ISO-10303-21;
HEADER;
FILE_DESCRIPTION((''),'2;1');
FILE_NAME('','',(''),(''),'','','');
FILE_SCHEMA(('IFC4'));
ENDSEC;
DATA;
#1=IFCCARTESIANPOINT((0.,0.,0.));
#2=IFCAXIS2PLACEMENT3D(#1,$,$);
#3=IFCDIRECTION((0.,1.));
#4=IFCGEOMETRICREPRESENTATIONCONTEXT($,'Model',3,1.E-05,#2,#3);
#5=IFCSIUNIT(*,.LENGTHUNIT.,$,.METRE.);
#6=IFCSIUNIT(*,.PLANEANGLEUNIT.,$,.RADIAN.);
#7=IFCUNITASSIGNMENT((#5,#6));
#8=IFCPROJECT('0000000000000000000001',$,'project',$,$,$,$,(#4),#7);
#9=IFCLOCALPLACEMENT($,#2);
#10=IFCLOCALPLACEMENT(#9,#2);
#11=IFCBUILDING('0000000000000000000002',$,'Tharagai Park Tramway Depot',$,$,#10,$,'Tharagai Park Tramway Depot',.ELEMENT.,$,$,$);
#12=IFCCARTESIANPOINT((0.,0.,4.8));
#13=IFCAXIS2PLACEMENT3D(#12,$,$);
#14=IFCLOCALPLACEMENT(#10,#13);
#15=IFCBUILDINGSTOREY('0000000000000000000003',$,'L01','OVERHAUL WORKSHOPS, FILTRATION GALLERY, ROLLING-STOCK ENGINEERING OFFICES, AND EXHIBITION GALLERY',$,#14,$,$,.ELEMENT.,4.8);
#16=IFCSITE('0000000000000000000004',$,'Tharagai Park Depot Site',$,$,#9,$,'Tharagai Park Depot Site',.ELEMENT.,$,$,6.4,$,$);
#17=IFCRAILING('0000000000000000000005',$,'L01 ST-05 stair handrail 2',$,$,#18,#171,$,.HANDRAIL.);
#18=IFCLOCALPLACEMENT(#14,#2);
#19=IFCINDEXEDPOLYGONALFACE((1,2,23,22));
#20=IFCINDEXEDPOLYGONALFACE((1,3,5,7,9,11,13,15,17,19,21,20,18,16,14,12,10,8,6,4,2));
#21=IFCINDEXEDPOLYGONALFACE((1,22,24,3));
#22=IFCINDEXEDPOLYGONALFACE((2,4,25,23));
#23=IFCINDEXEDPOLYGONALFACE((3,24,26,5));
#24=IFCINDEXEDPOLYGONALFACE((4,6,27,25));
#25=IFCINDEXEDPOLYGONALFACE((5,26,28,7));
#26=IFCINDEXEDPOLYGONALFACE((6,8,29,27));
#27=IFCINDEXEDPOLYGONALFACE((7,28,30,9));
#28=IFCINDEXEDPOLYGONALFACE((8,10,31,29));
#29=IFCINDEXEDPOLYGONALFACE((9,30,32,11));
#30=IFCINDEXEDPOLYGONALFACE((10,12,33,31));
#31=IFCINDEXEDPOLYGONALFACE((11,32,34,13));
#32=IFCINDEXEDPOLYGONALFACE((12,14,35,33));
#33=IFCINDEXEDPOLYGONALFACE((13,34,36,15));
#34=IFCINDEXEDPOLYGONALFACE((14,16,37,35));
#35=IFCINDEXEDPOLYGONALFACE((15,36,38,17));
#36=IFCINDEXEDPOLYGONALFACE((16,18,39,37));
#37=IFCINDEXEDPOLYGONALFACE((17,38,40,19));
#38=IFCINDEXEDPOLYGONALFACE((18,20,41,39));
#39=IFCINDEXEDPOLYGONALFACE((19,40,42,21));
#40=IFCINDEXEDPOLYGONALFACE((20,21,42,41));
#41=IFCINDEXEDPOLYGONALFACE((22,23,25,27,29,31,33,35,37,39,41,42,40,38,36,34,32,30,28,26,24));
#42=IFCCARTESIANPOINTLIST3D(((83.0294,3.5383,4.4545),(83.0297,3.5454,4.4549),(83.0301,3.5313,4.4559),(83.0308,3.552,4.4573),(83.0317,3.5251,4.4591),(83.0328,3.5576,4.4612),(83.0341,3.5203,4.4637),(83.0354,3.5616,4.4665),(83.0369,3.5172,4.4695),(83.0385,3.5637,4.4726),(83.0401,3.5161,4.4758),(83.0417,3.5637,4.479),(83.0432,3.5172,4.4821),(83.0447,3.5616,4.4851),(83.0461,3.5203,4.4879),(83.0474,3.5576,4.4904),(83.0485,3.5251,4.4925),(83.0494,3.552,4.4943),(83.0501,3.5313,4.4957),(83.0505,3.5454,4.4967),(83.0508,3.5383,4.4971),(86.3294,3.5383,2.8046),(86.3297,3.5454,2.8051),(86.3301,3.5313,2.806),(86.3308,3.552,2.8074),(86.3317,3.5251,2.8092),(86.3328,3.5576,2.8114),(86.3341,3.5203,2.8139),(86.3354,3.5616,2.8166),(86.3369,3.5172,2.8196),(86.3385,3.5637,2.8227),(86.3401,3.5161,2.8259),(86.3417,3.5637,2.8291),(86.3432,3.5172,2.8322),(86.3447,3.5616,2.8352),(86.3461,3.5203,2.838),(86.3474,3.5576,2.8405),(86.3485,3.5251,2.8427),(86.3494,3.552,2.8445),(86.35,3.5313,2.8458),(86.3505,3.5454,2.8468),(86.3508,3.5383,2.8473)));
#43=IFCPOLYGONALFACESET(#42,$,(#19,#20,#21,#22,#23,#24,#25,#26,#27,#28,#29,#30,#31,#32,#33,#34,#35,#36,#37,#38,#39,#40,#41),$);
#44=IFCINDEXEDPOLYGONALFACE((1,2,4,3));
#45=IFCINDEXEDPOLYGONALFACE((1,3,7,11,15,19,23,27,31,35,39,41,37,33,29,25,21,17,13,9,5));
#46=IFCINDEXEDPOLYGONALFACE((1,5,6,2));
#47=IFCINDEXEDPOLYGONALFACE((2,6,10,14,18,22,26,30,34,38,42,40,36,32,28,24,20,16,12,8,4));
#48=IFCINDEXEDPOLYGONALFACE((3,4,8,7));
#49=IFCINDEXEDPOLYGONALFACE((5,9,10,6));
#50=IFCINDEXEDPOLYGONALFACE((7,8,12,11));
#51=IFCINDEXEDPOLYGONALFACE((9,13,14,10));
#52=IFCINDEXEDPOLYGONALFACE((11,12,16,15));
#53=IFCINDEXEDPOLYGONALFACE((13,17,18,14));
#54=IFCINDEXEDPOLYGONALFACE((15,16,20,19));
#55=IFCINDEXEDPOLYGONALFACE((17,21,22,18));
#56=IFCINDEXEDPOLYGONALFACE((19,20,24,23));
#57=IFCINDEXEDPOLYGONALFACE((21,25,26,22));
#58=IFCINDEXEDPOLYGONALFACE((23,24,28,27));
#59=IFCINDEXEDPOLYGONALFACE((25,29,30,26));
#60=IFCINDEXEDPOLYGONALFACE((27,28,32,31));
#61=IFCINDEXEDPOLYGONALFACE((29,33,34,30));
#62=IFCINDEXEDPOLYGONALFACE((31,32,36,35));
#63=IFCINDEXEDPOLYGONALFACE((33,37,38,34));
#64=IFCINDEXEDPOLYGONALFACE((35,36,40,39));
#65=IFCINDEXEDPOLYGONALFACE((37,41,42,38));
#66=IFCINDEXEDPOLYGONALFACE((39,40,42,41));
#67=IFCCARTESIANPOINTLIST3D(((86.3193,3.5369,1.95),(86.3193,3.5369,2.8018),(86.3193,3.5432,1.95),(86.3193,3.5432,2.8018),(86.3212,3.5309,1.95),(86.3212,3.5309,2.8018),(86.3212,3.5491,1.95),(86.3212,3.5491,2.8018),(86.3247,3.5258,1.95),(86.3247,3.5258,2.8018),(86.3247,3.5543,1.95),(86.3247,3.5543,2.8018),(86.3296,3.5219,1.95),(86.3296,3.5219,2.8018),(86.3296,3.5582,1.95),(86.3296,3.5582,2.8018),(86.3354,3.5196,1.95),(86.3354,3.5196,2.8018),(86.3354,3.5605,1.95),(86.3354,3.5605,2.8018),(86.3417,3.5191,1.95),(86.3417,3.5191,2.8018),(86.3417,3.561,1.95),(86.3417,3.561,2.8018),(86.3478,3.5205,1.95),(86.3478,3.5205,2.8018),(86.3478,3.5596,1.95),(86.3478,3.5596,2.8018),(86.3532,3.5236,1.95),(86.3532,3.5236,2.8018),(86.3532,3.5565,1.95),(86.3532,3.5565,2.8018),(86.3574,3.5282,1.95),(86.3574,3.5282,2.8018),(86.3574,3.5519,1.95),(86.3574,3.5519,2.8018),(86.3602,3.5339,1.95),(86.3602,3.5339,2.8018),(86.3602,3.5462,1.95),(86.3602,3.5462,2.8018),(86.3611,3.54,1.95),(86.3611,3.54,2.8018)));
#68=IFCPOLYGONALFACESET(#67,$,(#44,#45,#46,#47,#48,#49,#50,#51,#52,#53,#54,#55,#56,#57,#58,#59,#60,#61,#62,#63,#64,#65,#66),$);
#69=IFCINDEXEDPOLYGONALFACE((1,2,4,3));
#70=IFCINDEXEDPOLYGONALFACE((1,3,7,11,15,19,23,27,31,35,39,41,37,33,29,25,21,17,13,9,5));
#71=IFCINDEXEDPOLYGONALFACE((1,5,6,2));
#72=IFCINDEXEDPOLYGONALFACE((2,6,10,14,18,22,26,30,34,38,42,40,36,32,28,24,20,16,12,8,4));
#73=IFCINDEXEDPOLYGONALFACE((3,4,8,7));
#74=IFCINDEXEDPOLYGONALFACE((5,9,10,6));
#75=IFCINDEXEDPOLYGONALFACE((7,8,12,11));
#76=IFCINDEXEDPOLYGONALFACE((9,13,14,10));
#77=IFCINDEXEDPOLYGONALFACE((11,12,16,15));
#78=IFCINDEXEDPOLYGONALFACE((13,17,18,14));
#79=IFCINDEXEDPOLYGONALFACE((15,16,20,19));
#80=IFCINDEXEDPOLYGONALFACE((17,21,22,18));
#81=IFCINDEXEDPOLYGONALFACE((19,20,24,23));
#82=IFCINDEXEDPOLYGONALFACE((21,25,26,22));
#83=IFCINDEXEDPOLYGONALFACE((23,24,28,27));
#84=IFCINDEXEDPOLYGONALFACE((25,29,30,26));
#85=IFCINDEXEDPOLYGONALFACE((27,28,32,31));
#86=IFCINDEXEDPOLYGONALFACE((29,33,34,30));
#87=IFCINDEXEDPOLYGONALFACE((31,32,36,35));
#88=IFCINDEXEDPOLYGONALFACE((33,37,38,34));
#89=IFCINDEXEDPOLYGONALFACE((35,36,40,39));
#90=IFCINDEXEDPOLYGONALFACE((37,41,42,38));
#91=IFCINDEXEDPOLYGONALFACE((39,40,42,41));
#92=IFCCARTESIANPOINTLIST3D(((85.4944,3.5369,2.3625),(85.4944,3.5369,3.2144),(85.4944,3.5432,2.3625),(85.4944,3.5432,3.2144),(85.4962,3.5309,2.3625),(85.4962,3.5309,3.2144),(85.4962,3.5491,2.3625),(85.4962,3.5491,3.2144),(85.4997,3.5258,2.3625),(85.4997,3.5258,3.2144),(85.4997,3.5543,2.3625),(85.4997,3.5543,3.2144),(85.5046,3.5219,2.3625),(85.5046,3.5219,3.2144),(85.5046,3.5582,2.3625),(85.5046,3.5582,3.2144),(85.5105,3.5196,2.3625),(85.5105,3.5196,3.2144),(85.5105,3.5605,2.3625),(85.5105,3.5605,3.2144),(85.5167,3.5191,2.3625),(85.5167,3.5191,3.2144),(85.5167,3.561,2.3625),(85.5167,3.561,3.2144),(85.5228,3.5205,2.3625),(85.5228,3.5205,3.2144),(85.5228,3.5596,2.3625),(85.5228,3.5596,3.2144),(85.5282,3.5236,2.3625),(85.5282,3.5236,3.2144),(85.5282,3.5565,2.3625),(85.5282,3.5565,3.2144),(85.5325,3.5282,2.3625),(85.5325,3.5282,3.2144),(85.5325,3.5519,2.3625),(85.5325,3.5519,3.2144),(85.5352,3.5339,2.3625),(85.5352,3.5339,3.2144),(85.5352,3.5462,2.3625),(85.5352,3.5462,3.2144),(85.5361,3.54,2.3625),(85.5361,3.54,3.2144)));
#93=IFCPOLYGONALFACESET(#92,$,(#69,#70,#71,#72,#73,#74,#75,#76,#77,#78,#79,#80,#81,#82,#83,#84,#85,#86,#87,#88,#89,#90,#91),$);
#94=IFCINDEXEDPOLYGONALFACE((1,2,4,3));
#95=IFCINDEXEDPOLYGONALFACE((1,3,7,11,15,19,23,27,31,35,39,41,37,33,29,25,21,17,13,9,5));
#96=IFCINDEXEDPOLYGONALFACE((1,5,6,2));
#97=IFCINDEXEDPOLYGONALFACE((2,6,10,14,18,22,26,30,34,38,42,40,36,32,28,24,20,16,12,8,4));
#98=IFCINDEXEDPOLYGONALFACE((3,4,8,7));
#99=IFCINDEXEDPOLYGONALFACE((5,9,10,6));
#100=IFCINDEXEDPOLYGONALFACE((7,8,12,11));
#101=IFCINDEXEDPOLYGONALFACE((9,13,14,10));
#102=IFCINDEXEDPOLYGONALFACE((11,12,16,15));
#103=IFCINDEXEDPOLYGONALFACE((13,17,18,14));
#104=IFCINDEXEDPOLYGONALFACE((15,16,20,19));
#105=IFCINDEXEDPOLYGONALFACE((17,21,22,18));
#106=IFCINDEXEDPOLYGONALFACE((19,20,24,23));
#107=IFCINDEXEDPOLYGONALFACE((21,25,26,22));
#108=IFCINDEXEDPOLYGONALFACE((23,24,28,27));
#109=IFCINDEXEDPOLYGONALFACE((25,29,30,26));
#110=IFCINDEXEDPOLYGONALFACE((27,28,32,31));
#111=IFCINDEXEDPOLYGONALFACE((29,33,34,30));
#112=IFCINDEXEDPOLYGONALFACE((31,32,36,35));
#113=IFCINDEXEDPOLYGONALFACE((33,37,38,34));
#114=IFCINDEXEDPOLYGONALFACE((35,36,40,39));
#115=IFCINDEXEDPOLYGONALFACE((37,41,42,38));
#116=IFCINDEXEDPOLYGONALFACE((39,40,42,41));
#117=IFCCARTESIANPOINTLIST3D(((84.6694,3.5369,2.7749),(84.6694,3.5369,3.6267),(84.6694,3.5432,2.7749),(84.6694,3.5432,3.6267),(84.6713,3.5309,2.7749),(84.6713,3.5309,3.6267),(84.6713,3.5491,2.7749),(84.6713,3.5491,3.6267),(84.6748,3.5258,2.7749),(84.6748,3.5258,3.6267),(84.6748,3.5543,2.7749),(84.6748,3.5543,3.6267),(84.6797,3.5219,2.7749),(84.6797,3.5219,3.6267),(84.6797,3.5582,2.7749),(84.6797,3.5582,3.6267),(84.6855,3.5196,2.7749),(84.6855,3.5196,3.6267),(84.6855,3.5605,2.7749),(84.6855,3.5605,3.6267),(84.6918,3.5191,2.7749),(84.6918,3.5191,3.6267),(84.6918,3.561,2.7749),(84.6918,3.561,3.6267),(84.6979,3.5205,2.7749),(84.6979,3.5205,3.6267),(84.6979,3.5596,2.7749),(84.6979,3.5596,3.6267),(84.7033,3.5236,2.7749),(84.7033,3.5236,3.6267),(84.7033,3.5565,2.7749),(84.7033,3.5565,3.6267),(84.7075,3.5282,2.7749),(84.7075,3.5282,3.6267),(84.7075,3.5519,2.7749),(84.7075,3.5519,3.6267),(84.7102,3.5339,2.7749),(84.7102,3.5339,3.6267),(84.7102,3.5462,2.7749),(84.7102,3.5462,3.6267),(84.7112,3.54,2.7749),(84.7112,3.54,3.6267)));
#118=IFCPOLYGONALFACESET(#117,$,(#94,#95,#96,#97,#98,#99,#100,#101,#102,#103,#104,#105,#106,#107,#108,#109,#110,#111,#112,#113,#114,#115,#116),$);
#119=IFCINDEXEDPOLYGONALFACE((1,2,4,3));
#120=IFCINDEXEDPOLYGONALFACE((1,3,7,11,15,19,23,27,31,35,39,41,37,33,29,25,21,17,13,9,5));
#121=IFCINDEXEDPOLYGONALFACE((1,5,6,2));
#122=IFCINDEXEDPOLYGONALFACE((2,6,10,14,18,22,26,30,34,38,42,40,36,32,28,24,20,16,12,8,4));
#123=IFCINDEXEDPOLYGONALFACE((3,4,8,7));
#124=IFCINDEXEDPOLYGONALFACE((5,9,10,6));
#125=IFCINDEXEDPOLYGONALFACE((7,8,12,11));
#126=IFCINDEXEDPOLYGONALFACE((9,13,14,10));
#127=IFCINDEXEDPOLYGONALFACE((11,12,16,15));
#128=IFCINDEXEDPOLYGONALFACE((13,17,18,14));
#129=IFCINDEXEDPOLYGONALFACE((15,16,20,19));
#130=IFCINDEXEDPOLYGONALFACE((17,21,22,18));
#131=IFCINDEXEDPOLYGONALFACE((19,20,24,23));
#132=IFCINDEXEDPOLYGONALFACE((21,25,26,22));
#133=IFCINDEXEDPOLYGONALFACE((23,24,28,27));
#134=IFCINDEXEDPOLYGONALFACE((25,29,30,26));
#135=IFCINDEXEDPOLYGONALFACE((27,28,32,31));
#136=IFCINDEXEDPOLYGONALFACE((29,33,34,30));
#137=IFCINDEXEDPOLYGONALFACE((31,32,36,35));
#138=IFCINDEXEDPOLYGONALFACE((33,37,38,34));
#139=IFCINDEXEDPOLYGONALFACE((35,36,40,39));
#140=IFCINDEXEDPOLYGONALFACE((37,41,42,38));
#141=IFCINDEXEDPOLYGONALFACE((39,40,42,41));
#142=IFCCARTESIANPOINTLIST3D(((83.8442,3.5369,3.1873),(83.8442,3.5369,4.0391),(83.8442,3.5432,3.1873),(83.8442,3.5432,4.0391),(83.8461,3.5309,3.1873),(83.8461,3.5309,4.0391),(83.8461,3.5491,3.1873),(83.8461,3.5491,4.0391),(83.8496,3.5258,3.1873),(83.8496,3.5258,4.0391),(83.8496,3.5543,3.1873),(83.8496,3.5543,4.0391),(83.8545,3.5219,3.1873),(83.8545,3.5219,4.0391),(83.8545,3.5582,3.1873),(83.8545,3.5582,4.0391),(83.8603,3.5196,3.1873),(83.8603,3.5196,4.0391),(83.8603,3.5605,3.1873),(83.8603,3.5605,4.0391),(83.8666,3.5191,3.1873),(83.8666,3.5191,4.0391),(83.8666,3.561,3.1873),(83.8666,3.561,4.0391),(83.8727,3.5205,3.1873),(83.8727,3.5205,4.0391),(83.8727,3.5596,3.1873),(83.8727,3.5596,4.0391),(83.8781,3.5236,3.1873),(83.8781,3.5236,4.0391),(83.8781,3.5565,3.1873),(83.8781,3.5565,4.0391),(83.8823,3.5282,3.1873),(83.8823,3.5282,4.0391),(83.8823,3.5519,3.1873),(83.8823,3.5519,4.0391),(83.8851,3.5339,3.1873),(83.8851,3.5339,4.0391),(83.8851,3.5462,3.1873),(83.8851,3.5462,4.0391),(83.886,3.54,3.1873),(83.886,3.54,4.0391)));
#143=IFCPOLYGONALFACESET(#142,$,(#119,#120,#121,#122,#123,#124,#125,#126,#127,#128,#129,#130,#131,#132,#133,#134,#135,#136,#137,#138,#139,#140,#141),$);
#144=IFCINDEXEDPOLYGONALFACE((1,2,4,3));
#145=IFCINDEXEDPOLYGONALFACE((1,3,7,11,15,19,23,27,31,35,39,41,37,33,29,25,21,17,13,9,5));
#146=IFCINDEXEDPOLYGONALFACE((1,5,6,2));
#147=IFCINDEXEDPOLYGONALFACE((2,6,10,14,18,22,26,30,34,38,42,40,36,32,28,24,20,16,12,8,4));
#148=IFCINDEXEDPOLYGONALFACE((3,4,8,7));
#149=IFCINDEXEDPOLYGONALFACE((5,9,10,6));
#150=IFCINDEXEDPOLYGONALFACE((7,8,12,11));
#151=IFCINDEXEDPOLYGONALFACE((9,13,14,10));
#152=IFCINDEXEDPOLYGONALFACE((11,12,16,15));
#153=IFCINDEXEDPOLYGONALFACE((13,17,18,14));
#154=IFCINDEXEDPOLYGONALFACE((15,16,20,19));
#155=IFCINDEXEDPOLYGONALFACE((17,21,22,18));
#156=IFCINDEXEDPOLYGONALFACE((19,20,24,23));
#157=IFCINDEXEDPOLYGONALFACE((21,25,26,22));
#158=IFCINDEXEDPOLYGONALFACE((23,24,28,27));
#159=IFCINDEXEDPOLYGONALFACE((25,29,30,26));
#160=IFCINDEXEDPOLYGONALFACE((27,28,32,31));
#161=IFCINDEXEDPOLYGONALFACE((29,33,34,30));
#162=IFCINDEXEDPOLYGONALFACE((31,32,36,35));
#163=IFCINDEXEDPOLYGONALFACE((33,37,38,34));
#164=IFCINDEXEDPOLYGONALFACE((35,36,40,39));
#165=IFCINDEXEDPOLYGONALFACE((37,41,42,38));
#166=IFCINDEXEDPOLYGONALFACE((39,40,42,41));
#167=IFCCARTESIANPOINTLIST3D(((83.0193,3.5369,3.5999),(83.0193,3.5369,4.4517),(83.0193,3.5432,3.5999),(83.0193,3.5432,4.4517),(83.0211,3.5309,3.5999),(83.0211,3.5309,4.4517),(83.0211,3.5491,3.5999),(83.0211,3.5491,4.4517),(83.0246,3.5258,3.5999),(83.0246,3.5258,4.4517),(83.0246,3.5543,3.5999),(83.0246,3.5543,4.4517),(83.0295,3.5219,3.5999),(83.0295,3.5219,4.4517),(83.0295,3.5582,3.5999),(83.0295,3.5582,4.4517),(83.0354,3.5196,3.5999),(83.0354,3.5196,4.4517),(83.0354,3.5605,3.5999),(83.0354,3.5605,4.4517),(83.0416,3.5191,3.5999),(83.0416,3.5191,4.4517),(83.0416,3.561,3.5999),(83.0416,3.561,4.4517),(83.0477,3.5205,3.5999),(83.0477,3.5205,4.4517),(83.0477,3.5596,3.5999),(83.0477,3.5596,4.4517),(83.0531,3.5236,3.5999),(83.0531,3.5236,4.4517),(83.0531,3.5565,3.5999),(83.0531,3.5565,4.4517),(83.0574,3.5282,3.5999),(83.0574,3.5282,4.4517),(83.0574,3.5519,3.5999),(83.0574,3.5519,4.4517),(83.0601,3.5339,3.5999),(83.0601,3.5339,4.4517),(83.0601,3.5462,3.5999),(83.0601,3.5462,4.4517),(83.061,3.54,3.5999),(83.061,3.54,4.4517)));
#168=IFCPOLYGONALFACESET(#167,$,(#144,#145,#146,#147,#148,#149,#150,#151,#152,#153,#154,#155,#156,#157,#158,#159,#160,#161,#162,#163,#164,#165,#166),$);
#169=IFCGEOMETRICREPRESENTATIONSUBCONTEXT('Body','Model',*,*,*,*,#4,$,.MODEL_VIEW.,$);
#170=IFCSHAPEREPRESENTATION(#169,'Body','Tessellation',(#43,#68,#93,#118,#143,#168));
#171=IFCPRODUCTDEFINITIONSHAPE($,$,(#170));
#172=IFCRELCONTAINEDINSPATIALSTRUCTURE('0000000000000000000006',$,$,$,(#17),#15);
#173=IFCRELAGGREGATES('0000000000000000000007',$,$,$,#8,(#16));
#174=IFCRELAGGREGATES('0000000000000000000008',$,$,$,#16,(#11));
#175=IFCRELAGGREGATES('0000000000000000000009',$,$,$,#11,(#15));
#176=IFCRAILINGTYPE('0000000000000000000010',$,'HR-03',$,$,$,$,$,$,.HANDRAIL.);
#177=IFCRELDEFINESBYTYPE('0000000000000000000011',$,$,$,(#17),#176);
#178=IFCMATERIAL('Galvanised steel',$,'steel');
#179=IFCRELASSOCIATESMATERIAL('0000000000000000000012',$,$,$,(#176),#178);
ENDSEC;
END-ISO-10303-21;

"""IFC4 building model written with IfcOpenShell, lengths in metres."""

from ifc_helpers import new_model, si_unit, direction, frame, origin, origin_2d, place, context, subcontext, project, spatial, circle, extrude, material, type_object, element, save


model = new_model("IFC4")

# Units and contexts
model_context = context("Model", 3, precision=1e-05, world=origin(), true_north=direction((0.0, 1.0)))
body_context = subcontext(model_context, "Body", "Model", "MODEL_VIEW")
ifc_project = project(units=[si_unit("LENGTHUNIT", "METRE"), si_unit("PLANEANGLEUNIT", "RADIAN")], contexts=[model_context])

# Site, building, storey
site_placement = place(None, origin())
site = spatial("IfcSite", under=ifc_project, at=site_placement, Name="Tharagai Park Depot Site", LongName="Tharagai Park Depot Site", CompositionType="ELEMENT", RefElevation=6.4)
building_placement = place(site_placement, origin())
building = spatial("IfcBuilding", under=site, at=building_placement, Name="Tharagai Park Tramway Depot", LongName="Tharagai Park Tramway Depot", CompositionType="ELEMENT")
storey_placement = place(building_placement, frame((0.0, 0.0, 4.8)))
storey = spatial("IfcBuildingStorey", under=building, at=storey_placement, Name="L01", Description="OVERHAUL WORKSHOPS, FILTRATION GALLERY, ROLLING-STOCK ENGINEERING OFFICES, AND EXHIBITION GALLERY", CompositionType="ELEMENT", Elevation=4.8)

# Shared definitions
ifc_material_1 = material(Name="Galvanised steel", Category="steel")

# Railing
railing_type_1 = type_object("IfcRailingType", Name="HR-03", PredefinedType="HANDRAIL", material=ifc_material_1)
railing_1_placement = place(storey_placement, frame((86.3401, 3.54, 1.95)))
element("IfcRailing", 1, at=railing_1_placement, inside=storey, type_object=railing_type_1, Name="L01 ST-05 stair handrail 2", PredefinedType="HANDRAIL", context=body_context, shape_type="SweptSolid", body=[
    extrude(circle(Radius=0.0239, at=origin_2d()), frame((0.0, 0.0, 0.876), z_axis=(-0.89444, 0.0, 0.447187), x_axis=(0.0, -1.0, 0.0)), (0.0, 0.0, 1.0), 3.6895),
    extrude(circle(Radius=0.021, at=origin_2d()), origin(), (0.0, 0.0, 1.0), 0.8518),
    extrude(circle(Radius=0.021, at=origin_2d()), frame((-0.825, 0.0, 0.4126)), (0.0, 0.0, 1.0), 0.8518),
    extrude(circle(Radius=0.021, at=origin_2d()), frame((-1.6499, 0.0, 0.825)), (0.0, 0.0, 1.0), 0.8518),
    extrude(circle(Radius=0.021, at=origin_2d()), frame((-2.4751, 0.0, 1.2373)), (0.0, 0.0, 1.0), 0.8518),
    extrude(circle(Radius=0.021, at=origin_2d()), frame((-3.3, 0.0, 1.6499)), (0.0, 0.0, 1.0), 0.8518),
])

save(model, "model.ifc")
